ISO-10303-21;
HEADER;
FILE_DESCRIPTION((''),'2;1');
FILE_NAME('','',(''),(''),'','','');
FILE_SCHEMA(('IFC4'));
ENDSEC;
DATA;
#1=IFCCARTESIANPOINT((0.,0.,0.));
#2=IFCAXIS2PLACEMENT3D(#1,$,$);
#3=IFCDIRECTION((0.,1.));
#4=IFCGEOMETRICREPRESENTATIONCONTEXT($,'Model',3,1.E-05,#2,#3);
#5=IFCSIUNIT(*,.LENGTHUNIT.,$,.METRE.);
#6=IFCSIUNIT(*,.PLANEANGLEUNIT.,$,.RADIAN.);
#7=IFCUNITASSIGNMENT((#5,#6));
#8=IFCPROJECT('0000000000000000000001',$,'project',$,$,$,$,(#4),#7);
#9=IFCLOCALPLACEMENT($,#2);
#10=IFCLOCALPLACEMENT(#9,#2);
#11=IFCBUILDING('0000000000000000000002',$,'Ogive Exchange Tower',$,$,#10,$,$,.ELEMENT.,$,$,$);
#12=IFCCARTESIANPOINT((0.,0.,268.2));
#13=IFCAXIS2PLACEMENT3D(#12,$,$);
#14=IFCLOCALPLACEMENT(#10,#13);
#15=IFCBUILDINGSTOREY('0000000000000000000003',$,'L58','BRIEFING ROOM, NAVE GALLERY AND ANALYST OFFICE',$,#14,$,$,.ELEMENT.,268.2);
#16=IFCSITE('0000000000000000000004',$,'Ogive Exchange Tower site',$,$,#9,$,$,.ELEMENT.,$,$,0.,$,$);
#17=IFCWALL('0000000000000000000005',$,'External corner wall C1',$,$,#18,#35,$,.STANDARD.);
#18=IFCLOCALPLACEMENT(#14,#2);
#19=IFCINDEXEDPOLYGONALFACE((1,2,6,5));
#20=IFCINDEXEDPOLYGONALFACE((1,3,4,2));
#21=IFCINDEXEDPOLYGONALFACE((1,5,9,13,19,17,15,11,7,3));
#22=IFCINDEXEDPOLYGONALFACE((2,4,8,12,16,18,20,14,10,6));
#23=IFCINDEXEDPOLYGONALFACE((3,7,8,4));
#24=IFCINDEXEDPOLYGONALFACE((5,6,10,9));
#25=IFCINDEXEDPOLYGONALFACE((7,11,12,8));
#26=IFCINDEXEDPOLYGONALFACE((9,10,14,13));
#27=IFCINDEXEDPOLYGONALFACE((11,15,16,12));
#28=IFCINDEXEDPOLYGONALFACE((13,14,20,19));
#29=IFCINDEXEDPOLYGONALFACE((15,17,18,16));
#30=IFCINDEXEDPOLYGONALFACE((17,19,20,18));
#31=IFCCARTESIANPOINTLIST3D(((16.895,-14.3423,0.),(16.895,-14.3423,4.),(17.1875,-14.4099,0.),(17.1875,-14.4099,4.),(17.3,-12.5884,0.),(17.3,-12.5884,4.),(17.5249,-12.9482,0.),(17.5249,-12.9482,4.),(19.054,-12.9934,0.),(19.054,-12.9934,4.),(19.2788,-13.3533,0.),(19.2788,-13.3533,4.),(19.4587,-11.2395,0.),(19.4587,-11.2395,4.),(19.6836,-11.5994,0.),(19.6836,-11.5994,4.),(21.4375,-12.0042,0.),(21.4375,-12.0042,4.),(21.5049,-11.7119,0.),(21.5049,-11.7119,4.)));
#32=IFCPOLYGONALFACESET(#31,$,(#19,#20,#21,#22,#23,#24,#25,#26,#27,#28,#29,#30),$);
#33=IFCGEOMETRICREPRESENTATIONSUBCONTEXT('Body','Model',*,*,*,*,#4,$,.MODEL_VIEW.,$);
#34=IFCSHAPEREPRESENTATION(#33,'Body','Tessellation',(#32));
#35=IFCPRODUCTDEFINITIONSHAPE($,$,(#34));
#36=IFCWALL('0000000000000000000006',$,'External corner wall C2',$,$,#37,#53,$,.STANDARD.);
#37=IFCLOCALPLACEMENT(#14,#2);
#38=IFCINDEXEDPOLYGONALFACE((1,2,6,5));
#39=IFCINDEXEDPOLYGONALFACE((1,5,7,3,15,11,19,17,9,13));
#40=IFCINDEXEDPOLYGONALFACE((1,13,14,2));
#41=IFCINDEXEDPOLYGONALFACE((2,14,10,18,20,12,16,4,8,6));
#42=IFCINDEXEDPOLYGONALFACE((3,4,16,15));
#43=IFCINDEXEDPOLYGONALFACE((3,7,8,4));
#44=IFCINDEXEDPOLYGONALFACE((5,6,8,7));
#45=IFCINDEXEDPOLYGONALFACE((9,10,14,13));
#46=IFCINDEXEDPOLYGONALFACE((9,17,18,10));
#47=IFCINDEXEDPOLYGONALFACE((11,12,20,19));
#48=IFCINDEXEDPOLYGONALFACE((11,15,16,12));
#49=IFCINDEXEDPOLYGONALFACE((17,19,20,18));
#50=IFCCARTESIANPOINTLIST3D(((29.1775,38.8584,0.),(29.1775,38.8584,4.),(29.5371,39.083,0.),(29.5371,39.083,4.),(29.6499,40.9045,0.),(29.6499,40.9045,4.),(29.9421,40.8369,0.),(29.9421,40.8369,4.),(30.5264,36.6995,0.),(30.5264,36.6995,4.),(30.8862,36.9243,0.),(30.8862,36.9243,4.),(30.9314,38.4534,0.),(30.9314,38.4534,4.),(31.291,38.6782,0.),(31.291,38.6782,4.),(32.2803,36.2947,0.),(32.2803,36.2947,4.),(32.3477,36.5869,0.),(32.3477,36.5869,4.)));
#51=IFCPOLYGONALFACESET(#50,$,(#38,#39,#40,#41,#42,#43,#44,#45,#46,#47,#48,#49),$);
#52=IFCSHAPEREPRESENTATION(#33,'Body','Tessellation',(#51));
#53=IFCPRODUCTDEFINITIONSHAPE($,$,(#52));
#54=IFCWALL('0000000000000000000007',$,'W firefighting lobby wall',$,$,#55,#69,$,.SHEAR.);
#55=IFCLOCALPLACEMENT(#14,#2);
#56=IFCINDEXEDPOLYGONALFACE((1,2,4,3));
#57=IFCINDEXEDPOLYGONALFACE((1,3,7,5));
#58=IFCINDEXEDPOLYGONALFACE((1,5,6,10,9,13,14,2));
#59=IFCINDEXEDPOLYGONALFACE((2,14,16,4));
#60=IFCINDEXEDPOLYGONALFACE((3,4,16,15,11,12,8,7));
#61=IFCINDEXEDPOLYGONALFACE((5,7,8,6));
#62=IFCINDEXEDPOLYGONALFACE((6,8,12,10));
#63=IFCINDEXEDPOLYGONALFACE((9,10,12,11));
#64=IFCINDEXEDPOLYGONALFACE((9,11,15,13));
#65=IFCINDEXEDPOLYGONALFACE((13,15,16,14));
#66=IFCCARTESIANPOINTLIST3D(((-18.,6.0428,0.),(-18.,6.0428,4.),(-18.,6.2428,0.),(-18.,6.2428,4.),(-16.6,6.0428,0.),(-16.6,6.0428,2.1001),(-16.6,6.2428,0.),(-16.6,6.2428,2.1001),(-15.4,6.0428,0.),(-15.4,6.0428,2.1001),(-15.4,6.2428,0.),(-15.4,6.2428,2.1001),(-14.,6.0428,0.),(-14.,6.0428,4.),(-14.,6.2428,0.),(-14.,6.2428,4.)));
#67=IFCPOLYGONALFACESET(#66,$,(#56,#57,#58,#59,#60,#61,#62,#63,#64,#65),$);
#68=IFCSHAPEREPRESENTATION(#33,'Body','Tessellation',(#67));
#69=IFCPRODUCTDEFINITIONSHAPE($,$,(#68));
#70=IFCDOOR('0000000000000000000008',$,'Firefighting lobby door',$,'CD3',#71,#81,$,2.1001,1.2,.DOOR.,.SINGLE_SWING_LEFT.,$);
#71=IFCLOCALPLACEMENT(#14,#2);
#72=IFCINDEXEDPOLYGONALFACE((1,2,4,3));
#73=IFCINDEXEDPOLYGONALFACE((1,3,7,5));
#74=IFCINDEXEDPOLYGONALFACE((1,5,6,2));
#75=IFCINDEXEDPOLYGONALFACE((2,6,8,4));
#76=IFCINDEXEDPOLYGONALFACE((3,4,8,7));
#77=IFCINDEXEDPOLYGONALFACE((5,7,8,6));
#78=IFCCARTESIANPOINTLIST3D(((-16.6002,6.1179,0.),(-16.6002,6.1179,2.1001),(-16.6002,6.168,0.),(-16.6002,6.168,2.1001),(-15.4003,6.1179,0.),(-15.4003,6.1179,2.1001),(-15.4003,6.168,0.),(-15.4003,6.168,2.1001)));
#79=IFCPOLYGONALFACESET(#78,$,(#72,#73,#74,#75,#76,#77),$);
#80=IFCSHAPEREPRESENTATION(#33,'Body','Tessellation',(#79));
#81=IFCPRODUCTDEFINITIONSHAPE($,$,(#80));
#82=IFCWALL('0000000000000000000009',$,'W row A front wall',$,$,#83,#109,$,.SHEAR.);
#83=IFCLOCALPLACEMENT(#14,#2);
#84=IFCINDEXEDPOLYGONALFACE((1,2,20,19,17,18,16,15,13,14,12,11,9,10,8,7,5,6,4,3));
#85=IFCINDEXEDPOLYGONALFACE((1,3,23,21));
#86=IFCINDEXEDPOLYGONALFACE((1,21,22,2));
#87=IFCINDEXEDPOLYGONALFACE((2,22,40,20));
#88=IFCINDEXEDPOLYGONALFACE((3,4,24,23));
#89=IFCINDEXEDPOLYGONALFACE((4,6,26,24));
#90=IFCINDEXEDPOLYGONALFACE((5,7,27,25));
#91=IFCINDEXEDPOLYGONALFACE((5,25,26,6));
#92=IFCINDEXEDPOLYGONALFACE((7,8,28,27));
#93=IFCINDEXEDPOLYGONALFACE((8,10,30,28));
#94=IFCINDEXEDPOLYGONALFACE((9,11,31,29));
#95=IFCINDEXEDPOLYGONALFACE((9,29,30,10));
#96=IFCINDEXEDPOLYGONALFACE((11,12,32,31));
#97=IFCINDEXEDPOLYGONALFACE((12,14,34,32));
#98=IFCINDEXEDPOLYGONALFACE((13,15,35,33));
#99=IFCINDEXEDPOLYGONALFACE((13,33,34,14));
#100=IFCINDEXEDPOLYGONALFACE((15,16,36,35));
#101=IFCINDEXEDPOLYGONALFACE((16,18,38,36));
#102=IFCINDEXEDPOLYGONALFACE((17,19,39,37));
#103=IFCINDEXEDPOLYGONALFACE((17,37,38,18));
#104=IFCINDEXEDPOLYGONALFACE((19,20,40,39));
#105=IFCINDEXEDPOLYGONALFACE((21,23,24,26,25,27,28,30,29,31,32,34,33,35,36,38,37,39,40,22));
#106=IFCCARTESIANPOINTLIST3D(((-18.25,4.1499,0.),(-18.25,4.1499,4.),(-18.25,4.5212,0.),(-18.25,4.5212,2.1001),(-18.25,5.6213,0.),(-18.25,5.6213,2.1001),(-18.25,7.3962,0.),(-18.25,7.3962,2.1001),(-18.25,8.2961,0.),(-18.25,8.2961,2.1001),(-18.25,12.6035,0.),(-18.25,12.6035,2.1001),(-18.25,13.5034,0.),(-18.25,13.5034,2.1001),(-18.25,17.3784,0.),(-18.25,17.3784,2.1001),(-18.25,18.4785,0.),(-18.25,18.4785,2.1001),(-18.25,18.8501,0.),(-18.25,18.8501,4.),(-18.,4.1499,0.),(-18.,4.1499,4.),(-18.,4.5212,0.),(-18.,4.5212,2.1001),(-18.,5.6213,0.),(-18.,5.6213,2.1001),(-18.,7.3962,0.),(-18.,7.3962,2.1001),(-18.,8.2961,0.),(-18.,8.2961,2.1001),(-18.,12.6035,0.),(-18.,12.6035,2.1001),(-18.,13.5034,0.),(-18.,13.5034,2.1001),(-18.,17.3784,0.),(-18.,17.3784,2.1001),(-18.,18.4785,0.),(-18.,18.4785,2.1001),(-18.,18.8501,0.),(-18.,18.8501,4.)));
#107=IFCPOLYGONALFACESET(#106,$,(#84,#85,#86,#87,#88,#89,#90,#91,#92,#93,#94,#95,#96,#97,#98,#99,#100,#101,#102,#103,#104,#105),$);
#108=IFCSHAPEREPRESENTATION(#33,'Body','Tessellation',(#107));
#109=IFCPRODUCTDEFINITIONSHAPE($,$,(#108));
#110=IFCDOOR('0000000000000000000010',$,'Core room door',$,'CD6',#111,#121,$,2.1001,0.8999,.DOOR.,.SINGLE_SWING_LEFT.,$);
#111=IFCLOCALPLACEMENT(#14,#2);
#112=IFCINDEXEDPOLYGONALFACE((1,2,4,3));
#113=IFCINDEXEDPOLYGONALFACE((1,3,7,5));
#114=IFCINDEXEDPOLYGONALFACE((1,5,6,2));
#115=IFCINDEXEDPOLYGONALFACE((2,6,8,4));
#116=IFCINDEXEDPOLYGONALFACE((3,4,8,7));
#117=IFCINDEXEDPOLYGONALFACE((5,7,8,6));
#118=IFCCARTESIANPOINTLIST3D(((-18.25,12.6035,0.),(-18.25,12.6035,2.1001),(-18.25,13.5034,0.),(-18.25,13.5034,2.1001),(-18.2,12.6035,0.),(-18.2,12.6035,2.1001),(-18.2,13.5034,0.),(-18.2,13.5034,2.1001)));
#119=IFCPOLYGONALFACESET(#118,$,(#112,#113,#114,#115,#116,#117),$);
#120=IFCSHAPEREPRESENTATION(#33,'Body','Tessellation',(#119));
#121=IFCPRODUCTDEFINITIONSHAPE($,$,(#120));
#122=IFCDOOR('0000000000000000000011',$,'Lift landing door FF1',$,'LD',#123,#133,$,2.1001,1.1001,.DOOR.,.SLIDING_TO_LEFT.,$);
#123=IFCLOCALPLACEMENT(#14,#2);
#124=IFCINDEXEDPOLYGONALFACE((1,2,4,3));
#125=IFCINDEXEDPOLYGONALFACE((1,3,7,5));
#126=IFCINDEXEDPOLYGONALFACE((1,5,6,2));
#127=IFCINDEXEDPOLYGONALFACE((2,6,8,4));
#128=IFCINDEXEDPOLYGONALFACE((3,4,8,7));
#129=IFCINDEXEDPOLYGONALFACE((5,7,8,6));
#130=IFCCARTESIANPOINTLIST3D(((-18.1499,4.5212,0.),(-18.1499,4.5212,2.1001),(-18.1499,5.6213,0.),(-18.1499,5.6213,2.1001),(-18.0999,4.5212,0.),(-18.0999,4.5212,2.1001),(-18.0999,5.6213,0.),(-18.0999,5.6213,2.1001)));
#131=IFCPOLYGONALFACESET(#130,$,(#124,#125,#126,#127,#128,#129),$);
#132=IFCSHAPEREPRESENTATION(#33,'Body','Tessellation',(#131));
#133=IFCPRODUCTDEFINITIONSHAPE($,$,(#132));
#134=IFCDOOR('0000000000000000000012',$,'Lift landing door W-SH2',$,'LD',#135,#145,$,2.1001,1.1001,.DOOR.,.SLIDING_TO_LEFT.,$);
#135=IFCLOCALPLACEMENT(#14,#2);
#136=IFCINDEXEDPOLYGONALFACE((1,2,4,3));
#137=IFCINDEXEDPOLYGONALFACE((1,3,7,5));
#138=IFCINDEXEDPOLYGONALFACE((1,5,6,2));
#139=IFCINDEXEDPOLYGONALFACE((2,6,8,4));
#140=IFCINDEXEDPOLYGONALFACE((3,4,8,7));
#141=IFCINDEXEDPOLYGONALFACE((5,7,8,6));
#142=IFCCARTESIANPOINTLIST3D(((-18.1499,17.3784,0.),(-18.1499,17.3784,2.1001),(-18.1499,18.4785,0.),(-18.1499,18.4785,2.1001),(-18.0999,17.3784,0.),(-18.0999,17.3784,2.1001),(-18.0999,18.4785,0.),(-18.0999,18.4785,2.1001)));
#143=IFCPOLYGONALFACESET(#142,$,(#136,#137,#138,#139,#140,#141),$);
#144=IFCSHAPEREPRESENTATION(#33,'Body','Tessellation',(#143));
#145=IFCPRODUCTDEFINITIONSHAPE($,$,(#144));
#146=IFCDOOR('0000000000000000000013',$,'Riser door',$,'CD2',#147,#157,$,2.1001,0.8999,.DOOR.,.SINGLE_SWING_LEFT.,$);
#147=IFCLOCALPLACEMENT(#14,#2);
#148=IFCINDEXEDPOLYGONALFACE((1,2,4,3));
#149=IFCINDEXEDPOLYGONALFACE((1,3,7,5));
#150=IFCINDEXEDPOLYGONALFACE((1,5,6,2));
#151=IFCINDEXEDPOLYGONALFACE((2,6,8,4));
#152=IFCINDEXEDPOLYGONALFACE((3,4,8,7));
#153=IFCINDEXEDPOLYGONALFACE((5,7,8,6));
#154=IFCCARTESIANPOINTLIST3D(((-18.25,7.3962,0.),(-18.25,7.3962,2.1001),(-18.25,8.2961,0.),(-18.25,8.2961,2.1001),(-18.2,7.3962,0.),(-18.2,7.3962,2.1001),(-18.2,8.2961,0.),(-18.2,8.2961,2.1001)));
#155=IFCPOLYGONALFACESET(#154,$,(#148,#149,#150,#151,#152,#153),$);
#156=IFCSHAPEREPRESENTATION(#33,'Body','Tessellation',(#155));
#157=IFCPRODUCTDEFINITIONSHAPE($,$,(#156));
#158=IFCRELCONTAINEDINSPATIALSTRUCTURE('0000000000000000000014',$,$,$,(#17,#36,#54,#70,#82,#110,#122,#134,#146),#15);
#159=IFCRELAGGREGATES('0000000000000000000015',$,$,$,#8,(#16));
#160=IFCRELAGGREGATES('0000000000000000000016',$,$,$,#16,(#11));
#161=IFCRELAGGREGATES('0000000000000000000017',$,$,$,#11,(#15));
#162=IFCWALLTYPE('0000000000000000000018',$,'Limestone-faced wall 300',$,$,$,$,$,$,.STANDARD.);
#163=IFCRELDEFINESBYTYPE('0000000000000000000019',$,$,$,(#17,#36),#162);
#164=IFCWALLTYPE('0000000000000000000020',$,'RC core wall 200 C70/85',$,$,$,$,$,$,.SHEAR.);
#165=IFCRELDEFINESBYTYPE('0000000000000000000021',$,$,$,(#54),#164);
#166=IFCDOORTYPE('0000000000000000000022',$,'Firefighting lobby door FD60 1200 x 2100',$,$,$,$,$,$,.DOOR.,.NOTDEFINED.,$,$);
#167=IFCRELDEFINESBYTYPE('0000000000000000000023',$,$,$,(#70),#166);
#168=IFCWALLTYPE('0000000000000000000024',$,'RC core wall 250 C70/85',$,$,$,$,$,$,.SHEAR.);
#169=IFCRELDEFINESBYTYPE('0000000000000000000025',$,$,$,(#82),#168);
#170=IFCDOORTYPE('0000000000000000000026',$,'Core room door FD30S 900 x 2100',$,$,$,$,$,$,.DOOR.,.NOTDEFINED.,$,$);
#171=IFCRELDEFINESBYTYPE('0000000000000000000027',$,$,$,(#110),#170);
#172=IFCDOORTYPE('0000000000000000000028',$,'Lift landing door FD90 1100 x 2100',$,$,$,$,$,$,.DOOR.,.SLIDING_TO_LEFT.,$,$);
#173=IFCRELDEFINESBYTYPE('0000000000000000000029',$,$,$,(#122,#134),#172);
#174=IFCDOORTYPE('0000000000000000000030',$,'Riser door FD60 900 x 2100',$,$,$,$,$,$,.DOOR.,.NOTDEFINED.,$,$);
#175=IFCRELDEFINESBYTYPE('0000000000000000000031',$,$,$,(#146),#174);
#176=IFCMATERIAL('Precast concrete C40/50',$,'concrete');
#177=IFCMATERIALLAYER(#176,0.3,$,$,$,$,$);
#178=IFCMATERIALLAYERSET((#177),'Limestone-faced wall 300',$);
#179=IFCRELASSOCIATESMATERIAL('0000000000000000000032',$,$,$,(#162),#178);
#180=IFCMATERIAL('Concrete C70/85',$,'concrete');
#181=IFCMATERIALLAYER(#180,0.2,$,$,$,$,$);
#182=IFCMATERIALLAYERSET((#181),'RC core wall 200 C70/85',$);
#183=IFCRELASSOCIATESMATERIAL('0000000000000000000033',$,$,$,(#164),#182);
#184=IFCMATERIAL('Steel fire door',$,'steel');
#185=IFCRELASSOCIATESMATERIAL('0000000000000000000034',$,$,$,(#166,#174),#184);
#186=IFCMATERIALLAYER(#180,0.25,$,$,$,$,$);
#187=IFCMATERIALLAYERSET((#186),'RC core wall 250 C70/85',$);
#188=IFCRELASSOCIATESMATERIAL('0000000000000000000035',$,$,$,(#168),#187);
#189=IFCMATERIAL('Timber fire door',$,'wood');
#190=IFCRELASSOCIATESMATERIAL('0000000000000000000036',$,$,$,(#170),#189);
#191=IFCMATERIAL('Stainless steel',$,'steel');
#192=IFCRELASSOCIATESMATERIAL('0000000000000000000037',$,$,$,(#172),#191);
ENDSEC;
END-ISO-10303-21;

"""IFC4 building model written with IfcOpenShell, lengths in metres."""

from ifc_helpers import new_model, si_unit, direction, frame, frame_2d, origin, place, context, subcontext, project, spatial, polyline, rectangle, outline, extrude, material, layer, layer_set, type_object, element, fill, save


model = new_model("IFC4")

# Units and contexts
model_context = context("Model", 3, precision=1e-05, world=origin(), true_north=direction((0.0, 1.0)))
body_context = subcontext(model_context, "Body", "Model", "MODEL_VIEW")
ifc_project = project(units=[si_unit("LENGTHUNIT", "METRE"), si_unit("PLANEANGLEUNIT", "RADIAN")], contexts=[model_context])

# Site, building, storey
site_placement = place(None, origin())
site = spatial("IfcSite", under=ifc_project, at=site_placement, Name="Ogive Exchange Tower site", CompositionType="ELEMENT", RefElevation=0.0)
building_placement = place(site_placement, origin())
building = spatial("IfcBuilding", under=site, at=building_placement, Name="Ogive Exchange Tower", CompositionType="ELEMENT")
storey_placement = place(building_placement, frame((0.0, 0.0, 268.2)))
storey = spatial("IfcBuildingStorey", under=building, at=storey_placement, Name="L58", Description="BRIEFING ROOM, NAVE GALLERY AND ANALYST OFFICE", CompositionType="ELEMENT", Elevation=268.2)

# Walls
ifc_material_1 = material(Name="Precast concrete C40/50", Category="concrete")
ifc_layer_1 = layer(ifc_material_1, 0.3)
ifc_layer_set_1 = layer_set([ifc_layer_1], Name="Limestone-faced wall 300")
wall_type_1 = type_object("IfcWallType", Name="Limestone-faced wall 300", PredefinedType="STANDARD", material=ifc_layer_set_1)
wall_1_placement = place(storey_placement, origin())
element("IfcWall", 1, at=wall_1_placement, inside=storey, type_object=wall_type_1, Name="External corner wall C1", PredefinedType="STANDARD", context=body_context, shape_type="SweptSolid", body=[
    extrude(outline(polyline([(19.054, -12.9934), (19.4587, -11.2395), (21.5049, -11.7119), (21.4375, -12.0042), (19.6836, -11.5994), (19.2788, -13.3533), (17.5249, -12.9482), (17.1875, -14.4099), (16.895, -14.3423), (17.3, -12.5884), (19.054, -12.9934)])), origin(), (0.0, 0.0, 1.0), 4.0),
])
wall_2_placement = place(storey_placement, origin())
element("IfcWall", 2, at=wall_2_placement, inside=storey, type_object=wall_type_1, Name="External corner wall C2", PredefinedType="STANDARD", context=body_context, shape_type="SweptSolid", body=[
    extrude(outline(polyline([(30.9314, 38.4534), (29.1775, 38.8584), (29.6499, 40.9045), (29.9421, 40.8369), (29.5371, 39.083), (31.291, 38.6782), (30.8862, 36.9243), (32.3477, 36.5869), (32.2803, 36.2947), (30.5264, 36.6995), (30.9314, 38.4534)])), origin(), (0.0, 0.0, 1.0), 4.0),
])

# Wall, opening, door
ifc_material_2 = material(Name="Concrete C70/85", Category="concrete")
ifc_layer_2 = layer(ifc_material_2, 0.2)
ifc_layer_set_2 = layer_set([ifc_layer_2], Name="RC core wall 200 C70/85")
wall_type_2 = type_object("IfcWallType", Name="RC core wall 200 C70/85", PredefinedType="SHEAR", material=ifc_layer_set_2)
wall_3_placement = place(storey_placement, frame((-18.0, 6.1428, 0.0), z_axis=(0.0, 0.0, 1.0), x_axis=(1.0, 0.0, 0.0)))
wall_3 = element("IfcWall", 3, at=wall_3_placement, inside=storey, type_object=wall_type_2, Name="W firefighting lobby wall", PredefinedType="SHEAR", context=body_context, shape_type="SweptSolid", body=[
    extrude(rectangle(XDim=4.0, YDim=0.2, at=frame_2d((2.0, 0.0))), origin(), (0.0, 0.0, 1.0), 4.0),
])
opening_1_placement = place(wall_3_placement, frame((1.3999, 0.0, 0.0)))
opening_1 = element("IfcOpeningElement", 4, at=opening_1_placement, cuts=wall_3, PredefinedType="OPENING", context=body_context, shape_type="SweptSolid", body=[
    extrude(rectangle(XDim=1.2, YDim=2.1001, at=frame_2d((0.6001, 1.05))), frame((0.0, 0.1099, 0.0), z_axis=(0.0, -1.0, 0.0), x_axis=(1.0, 0.0, 0.0)), (0.0, 0.0, 1.0), 0.22),
])
ifc_material_3 = material(Name="Steel fire door", Category="steel")
door_type_1 = type_object("IfcDoorType", Name="Firefighting lobby door FD60 1200 x 2100", OperationType="NOTDEFINED", PredefinedType="DOOR", material=ifc_material_3)
door_1_placement = place(opening_1_placement, frame((1.2, 0.0, 0.0), z_axis=(0.0, 0.0, 1.0), x_axis=(-1.0, 0.0, 0.0)))
door_1 = element("IfcDoor", 5, at=door_1_placement, inside=storey, type_object=door_type_1, Name="Firefighting lobby door", ObjectType="CD3", OperationType="SINGLE_SWING_LEFT", OverallHeight=2.1001, OverallWidth=1.2, PredefinedType="DOOR", context=body_context, shape_type="SweptSolid", body=[
    extrude(rectangle(XDim=1.2, YDim=2.1001, at=frame_2d((0.6001, 1.05))), frame((0.0, 0.0249, 0.0), z_axis=(0.0, -1.0, 0.0), x_axis=(1.0, 0.0, 0.0)), (0.0, 0.0, 1.0), 0.05),
])
fill(opening_1, door_1)

# Wall, openings, doors
ifc_layer_3 = layer(ifc_material_2, 0.25)
ifc_layer_set_3 = layer_set([ifc_layer_3], Name="RC core wall 250 C70/85")
wall_type_3 = type_object("IfcWallType", Name="RC core wall 250 C70/85", PredefinedType="SHEAR", material=ifc_layer_set_3)
wall_4_placement = place(storey_placement, frame((-18.125, 4.1499, 0.0), z_axis=(0.0, 0.0, 1.0), x_axis=(0.0, 1.0, 0.0)))
wall_4 = element("IfcWall", 6, at=wall_4_placement, inside=storey, type_object=wall_type_3, Name="W row A front wall", PredefinedType="SHEAR", context=body_context, shape_type="SweptSolid", body=[
    extrude(rectangle(XDim=14.7002, YDim=0.25, at=frame_2d((7.3501, 0.0))), origin(), (0.0, 0.0, 1.0), 4.0),
])
opening_2_placement = place(wall_4_placement, frame((3.2463, 0.0, 0.0)))
opening_2 = element("IfcOpeningElement", 7, at=opening_2_placement, cuts=wall_4, PredefinedType="OPENING", context=body_context, shape_type="SweptSolid", body=[
    extrude(rectangle(XDim=0.8999, YDim=2.1001, at=frame_2d((0.45, 1.05))), frame((0.0, 0.135, 0.0), z_axis=(0.0, -1.0, 0.0), x_axis=(1.0, 0.0, 0.0)), (0.0, 0.0, 1.0), 0.27),
])
opening_3_placement = place(wall_4_placement, frame((8.4536, 0.0, 0.0)))
opening_3 = element("IfcOpeningElement", 8, at=opening_3_placement, cuts=wall_4, PredefinedType="OPENING", context=body_context, shape_type="SweptSolid", body=[
    extrude(rectangle(XDim=0.8999, YDim=2.1001, at=frame_2d((0.45, 1.05))), frame((0.0, 0.135, 0.0), z_axis=(0.0, -1.0, 0.0), x_axis=(1.0, 0.0, 0.0)), (0.0, 0.0, 1.0), 0.27),
])
opening_4_placement = place(wall_4_placement, frame((0.3713, 0.0, 0.0)))
opening_4 = element("IfcOpeningElement", 9, at=opening_4_placement, cuts=wall_4, PredefinedType="OPENING", context=body_context, shape_type="SweptSolid", body=[
    extrude(rectangle(XDim=1.1001, YDim=2.1001, at=frame_2d((0.55, 1.05))), frame((0.0, 0.135, 0.0), z_axis=(0.0, -1.0, 0.0), x_axis=(1.0, 0.0, 0.0)), (0.0, 0.0, 1.0), 0.27),
])
opening_5_placement = place(wall_4_placement, frame((13.2285, 0.0, 0.0)))
opening_5 = element("IfcOpeningElement", 10, at=opening_5_placement, cuts=wall_4, PredefinedType="OPENING", context=body_context, shape_type="SweptSolid", body=[
    extrude(rectangle(XDim=1.1001, YDim=2.1001, at=frame_2d((0.55, 1.05))), frame((0.0, 0.135, 0.0), z_axis=(0.0, -1.0, 0.0), x_axis=(1.0, 0.0, 0.0)), (0.0, 0.0, 1.0), 0.27),
])
ifc_material_4 = material(Name="Timber fire door", Category="wood")
door_type_2 = type_object("IfcDoorType", Name="Core room door FD30S 900 x 2100", OperationType="NOTDEFINED", PredefinedType="DOOR", material=ifc_material_4)
door_2_placement = place(opening_3_placement, origin())
door_2 = element("IfcDoor", 11, at=door_2_placement, inside=storey, type_object=door_type_2, Name="Core room door", ObjectType="CD6", OperationType="SINGLE_SWING_LEFT", OverallHeight=2.1001, OverallWidth=0.8999, PredefinedType="DOOR", context=body_context, shape_type="SweptSolid", body=[
    extrude(rectangle(XDim=0.8999, YDim=2.1001, at=frame_2d((0.45, 1.05))), frame((0.0, 0.125, 0.0), z_axis=(0.0, -1.0, 0.0), x_axis=(1.0, 0.0, 0.0)), (0.0, 0.0, 1.0), 0.05),
])
fill(opening_3, door_2)
ifc_material_5 = material(Name="Stainless steel", Category="steel")
door_type_3 = type_object("IfcDoorType", Name="Lift landing door FD90 1100 x 2100", OperationType="SLIDING_TO_LEFT", PredefinedType="DOOR", material=ifc_material_5)
door_3_placement = place(opening_4_placement, origin())
door_3 = element("IfcDoor", 12, at=door_3_placement, inside=storey, type_object=door_type_3, Name="Lift landing door FF1", ObjectType="LD", OperationType="SLIDING_TO_LEFT", OverallHeight=2.1001, OverallWidth=1.1001, PredefinedType="DOOR", context=body_context, shape_type="SweptSolid", body=[
    extrude(rectangle(XDim=1.1001, YDim=2.1001, at=frame_2d((0.55, 1.05))), frame((0.0, 0.0249, 0.0), z_axis=(0.0, -1.0, 0.0), x_axis=(1.0, 0.0, 0.0)), (0.0, 0.0, 1.0), 0.05),
])
fill(opening_4, door_3)
door_4_placement = place(opening_5_placement, origin())
door_4 = element("IfcDoor", 13, at=door_4_placement, inside=storey, type_object=door_type_3, Name="Lift landing door W-SH2", ObjectType="LD", OperationType="SLIDING_TO_LEFT", OverallHeight=2.1001, OverallWidth=1.1001, PredefinedType="DOOR", context=body_context, shape_type="SweptSolid", body=[
    extrude(rectangle(XDim=1.1001, YDim=2.1001, at=frame_2d((0.55, 1.05))), frame((0.0, 0.0249, 0.0), z_axis=(0.0, -1.0, 0.0), x_axis=(1.0, 0.0, 0.0)), (0.0, 0.0, 1.0), 0.05),
])
fill(opening_5, door_4)
door_type_4 = type_object("IfcDoorType", Name="Riser door FD60 900 x 2100", OperationType="NOTDEFINED", PredefinedType="DOOR", material=ifc_material_3)
door_5_placement = place(opening_2_placement, origin())
door_5 = element("IfcDoor", 14, at=door_5_placement, inside=storey, type_object=door_type_4, Name="Riser door", ObjectType="CD2", OperationType="SINGLE_SWING_LEFT", OverallHeight=2.1001, OverallWidth=0.8999, PredefinedType="DOOR", context=body_context, shape_type="SweptSolid", body=[
    extrude(rectangle(XDim=0.8999, YDim=2.1001, at=frame_2d((0.45, 1.05))), frame((0.0, 0.125, 0.0), z_axis=(0.0, -1.0, 0.0), x_axis=(1.0, 0.0, 0.0)), (0.0, 0.0, 1.0), 0.05),
])
fill(opening_2, door_5)

save(model, "model.ifc")
